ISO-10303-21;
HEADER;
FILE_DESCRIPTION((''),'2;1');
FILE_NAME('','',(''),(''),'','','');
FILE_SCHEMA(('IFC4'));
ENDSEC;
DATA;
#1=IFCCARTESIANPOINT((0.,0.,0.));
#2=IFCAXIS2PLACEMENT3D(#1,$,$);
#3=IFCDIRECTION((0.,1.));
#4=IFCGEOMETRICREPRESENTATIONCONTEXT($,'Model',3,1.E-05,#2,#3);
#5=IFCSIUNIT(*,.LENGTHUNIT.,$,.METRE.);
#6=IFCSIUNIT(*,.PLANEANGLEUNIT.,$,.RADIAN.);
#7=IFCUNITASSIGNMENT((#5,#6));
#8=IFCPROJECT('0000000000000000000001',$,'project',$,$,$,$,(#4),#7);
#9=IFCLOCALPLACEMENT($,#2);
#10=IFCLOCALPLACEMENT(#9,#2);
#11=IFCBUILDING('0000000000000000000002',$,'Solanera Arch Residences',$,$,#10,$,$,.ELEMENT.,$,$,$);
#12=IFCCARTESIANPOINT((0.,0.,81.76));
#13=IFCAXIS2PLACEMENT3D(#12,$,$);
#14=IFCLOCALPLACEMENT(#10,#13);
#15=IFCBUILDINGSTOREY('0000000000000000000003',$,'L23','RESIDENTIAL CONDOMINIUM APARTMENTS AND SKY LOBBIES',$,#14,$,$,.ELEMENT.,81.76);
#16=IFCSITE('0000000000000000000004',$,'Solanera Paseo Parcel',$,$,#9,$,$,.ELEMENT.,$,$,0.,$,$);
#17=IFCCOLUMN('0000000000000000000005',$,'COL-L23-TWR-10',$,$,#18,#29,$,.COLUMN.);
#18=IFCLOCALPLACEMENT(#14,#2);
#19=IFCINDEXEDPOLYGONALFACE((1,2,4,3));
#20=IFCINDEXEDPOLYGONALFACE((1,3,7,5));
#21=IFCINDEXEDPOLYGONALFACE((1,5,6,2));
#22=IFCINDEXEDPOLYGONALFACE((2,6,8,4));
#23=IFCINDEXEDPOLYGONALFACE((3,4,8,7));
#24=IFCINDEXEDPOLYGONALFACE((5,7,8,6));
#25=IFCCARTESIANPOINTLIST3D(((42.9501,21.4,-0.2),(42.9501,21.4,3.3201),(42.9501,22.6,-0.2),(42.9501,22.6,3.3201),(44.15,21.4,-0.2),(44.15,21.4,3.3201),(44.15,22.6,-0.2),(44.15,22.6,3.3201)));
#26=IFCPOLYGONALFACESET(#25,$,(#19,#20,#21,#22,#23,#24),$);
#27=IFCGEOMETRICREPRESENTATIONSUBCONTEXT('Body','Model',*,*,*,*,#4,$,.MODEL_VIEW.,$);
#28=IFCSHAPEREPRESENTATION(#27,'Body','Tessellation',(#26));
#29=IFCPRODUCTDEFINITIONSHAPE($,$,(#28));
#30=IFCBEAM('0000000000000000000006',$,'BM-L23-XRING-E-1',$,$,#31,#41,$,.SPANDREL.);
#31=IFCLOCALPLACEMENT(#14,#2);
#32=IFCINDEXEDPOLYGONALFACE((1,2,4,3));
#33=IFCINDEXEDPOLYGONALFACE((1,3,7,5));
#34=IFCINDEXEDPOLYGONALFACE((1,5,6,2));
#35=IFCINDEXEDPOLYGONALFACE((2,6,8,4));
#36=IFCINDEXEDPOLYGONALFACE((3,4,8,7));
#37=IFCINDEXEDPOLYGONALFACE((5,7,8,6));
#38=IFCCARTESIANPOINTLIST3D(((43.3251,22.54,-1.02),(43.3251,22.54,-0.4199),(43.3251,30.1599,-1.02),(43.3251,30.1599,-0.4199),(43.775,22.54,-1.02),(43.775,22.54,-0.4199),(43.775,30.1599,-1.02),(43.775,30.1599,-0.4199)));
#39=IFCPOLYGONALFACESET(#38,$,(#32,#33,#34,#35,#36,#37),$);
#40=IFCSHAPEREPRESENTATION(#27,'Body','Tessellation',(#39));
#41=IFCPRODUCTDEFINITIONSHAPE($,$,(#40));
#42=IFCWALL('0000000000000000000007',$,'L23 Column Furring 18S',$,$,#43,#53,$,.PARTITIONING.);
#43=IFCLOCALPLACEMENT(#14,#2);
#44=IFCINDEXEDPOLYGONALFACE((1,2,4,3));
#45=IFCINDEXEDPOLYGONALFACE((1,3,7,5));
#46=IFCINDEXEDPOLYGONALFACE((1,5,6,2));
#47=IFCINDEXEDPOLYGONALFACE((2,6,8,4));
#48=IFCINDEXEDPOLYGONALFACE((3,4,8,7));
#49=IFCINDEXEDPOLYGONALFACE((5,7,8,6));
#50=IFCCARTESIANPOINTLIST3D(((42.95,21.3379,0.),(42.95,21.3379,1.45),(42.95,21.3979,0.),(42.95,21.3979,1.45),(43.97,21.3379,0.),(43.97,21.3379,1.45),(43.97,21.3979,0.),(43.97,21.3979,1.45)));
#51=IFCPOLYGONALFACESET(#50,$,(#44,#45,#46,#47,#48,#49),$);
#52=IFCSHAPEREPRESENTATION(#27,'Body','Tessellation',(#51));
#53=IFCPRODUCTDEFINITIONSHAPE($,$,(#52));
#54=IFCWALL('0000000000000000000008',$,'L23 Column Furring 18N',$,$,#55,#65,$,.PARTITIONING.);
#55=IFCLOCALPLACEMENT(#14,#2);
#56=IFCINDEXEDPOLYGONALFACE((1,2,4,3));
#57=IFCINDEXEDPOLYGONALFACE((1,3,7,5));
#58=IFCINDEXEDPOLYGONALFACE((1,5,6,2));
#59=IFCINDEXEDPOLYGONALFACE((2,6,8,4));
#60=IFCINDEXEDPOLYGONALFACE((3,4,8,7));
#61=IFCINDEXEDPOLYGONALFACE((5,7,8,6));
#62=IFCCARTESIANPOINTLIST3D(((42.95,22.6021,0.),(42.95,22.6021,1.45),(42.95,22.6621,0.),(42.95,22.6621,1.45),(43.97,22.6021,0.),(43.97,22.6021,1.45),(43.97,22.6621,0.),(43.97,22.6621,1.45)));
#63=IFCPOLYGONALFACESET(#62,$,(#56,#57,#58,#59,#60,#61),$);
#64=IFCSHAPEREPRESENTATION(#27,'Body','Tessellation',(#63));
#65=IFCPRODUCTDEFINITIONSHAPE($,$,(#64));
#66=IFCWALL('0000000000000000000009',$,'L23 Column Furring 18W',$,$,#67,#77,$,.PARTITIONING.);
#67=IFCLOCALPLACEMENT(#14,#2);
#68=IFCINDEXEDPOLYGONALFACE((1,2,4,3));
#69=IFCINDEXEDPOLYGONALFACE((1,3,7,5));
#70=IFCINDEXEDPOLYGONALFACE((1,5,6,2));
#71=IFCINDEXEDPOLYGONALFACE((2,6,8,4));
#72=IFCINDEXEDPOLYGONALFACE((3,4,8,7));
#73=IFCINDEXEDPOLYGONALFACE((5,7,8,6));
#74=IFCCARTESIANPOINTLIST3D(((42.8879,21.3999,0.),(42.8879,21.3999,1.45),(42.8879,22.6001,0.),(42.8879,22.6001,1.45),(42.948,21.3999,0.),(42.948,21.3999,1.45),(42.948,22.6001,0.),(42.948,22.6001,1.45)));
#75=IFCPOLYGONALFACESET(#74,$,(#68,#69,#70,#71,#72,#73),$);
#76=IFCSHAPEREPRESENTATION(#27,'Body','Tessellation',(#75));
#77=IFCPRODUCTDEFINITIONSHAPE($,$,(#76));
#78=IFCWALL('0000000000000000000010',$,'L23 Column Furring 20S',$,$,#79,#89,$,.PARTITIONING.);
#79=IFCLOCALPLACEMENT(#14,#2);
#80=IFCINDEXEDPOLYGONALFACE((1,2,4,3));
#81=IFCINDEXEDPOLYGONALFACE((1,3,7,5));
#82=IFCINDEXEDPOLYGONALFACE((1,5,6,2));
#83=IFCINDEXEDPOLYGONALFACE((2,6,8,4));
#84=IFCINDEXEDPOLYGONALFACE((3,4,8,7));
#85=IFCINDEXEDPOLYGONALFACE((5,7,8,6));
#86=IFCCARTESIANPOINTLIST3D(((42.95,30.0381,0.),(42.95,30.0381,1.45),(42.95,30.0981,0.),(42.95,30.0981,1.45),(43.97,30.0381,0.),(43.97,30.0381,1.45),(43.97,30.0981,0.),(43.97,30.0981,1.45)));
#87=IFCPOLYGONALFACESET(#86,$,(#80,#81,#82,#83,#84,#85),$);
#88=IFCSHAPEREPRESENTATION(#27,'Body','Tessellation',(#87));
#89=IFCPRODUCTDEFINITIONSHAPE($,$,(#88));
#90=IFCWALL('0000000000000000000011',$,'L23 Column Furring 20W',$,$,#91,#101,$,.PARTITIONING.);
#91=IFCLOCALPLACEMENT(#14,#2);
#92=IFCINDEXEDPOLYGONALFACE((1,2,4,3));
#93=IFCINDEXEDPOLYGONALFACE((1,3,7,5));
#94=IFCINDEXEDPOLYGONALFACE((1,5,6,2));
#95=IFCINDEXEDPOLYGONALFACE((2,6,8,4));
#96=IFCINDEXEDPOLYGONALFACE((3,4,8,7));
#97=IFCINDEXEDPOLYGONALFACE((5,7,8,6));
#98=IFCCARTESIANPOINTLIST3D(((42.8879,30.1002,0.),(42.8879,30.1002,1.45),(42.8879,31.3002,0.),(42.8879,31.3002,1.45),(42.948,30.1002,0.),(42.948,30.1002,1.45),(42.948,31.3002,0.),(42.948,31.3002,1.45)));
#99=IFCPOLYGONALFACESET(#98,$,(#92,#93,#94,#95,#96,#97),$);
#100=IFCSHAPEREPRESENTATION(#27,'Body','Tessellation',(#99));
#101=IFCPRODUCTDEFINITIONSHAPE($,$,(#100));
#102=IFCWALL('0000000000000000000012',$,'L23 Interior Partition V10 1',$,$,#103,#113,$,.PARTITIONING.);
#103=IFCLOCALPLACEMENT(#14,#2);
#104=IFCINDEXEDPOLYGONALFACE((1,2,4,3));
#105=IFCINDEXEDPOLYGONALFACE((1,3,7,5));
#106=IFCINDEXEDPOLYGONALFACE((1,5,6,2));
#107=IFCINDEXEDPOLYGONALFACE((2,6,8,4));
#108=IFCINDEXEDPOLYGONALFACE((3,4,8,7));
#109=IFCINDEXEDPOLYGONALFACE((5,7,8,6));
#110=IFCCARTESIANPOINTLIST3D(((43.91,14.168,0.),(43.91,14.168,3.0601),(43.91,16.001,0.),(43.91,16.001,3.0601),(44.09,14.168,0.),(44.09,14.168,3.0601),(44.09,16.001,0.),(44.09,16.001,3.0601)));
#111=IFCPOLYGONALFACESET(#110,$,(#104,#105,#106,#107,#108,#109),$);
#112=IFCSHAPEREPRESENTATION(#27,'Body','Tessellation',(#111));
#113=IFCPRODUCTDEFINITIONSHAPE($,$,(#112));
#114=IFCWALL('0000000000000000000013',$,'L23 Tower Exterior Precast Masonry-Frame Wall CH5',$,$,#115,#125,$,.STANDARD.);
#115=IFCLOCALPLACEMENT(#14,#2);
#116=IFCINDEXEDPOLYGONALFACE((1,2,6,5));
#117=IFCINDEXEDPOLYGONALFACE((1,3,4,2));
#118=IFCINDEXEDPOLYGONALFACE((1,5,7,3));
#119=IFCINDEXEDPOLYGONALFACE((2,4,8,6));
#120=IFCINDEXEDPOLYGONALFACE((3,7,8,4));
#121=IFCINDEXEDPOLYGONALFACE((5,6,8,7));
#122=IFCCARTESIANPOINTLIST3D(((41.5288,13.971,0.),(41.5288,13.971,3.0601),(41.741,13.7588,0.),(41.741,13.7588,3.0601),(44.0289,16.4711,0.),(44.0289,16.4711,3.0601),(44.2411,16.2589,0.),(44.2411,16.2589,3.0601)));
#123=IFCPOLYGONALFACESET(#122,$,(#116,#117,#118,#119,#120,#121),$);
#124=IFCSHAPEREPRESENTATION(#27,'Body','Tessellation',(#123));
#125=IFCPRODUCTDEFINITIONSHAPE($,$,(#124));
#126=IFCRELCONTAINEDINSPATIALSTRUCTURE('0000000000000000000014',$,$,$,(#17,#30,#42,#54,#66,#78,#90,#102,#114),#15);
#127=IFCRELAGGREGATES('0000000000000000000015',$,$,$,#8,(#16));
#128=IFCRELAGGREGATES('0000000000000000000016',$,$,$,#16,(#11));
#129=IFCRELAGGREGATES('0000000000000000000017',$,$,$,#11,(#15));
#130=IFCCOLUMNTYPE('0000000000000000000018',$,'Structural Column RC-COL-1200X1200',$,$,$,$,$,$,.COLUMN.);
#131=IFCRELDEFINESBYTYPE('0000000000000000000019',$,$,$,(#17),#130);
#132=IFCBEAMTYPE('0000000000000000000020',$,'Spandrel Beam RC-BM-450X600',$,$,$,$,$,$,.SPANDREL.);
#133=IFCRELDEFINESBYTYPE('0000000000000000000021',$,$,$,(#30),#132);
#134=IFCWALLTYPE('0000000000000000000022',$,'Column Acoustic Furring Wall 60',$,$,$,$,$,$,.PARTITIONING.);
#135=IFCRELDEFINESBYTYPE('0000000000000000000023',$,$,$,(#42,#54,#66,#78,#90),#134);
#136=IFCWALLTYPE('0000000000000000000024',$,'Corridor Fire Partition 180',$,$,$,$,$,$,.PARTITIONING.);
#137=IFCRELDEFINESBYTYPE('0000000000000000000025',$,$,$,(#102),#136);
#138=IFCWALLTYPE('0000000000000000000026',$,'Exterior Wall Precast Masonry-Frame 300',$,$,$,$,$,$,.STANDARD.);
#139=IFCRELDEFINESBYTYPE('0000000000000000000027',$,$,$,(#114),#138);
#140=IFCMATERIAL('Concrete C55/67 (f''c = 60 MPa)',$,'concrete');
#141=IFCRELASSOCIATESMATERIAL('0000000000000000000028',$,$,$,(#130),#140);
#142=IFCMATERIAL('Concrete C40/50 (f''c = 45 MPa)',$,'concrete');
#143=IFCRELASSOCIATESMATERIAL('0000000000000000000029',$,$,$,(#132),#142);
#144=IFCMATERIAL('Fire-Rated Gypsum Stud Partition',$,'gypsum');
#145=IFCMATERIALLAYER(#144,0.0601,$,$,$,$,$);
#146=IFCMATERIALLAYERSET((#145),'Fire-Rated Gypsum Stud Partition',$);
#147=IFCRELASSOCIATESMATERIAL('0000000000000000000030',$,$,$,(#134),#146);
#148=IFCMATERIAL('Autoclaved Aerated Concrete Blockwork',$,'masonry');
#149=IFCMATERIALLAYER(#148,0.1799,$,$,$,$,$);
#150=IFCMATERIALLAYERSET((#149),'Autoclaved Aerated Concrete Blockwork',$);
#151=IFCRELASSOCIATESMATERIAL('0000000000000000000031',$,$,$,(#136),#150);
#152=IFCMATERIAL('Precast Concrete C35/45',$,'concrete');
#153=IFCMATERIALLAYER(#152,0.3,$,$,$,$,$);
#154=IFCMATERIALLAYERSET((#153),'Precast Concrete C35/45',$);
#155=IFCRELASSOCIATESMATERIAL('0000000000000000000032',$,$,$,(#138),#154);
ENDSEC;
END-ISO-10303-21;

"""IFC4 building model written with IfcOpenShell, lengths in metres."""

from ifc_helpers import new_model, si_unit, direction, frame, frame_2d, origin, origin_2d, place, context, subcontext, project, spatial, rectangle, extrude, material, layer, layer_set, material_profile, profile_set, type_object, element, save


model = new_model("IFC4")

# Units and contexts
model_context = context("Model", 3, precision=1e-05, world=origin(), true_north=direction((0.0, 1.0)))
body_context = subcontext(model_context, "Body", "Model", "MODEL_VIEW")
ifc_project = project(units=[si_unit("LENGTHUNIT", "METRE"), si_unit("PLANEANGLEUNIT", "RADIAN")], contexts=[model_context])

# Site, building, storey
site_placement = place(None, origin())
site = spatial("IfcSite", under=ifc_project, at=site_placement, Name="Solanera Paseo Parcel", CompositionType="ELEMENT", RefElevation=0.0)
building_placement = place(site_placement, origin())
building = spatial("IfcBuilding", under=site, at=building_placement, Name="Solanera Arch Residences", CompositionType="ELEMENT")
storey_placement = place(building_placement, frame((0.0, 0.0, 81.76)))
storey = spatial("IfcBuildingStorey", under=building, at=storey_placement, Name="L23", Description="RESIDENTIAL CONDOMINIUM APARTMENTS AND SKY LOBBIES", CompositionType="ELEMENT", Elevation=81.76)

# Column
ifc_material_1 = material(Name="Concrete C55/67 (f'c = 60 MPa)", Category="concrete")
ifc_material_profile_1 = material_profile(ifc_material_1, rectangle(XDim=1.2, YDim=1.2, at=origin_2d()))
ifc_profile_set_1 = profile_set([ifc_material_profile_1], Name="Concrete C55/67 (f'c = 60 MPa)")
column_type = type_object("IfcColumnType", Name="Structural Column RC-COL-1200X1200", PredefinedType="COLUMN", material=ifc_profile_set_1)
column_placement = place(storey_placement, frame((43.55, 22.0, -0.2), z_axis=(0.0, 0.0, 1.0), x_axis=(1.0, 0.0, 0.0)))
element("IfcColumn", 1, at=column_placement, inside=storey, type_object=column_type, Name="COL-L23-TWR-10", PredefinedType="COLUMN", context=body_context, shape_type="SweptSolid", body=[
    extrude(rectangle(XDim=1.2, YDim=1.2, at=origin_2d()), origin(), (0.0, 0.0, 1.0), 3.52),
])

# Beam
ifc_material_2 = material(Name="Concrete C40/50 (f'c = 45 MPa)", Category="concrete")
ifc_material_profile_2 = material_profile(ifc_material_2, rectangle(XDim=0.45, YDim=0.6001, at=origin_2d()))
ifc_profile_set_2 = profile_set([ifc_material_profile_2], Name="Concrete C40/50 (f'c = 45 MPa)")
beam_type = type_object("IfcBeamType", Name="Spandrel Beam RC-BM-450X600", PredefinedType="SPANDREL", material=ifc_profile_set_2)
beam_placement = place(storey_placement, frame((43.55, 22.54, -0.72), z_axis=(0.0, 1.0, 0.0), x_axis=(-1.0, 0.0, 0.0)))
element("IfcBeam", 2, at=beam_placement, inside=storey, type_object=beam_type, Name="BM-L23-XRING-E-1", PredefinedType="SPANDREL", context=body_context, shape_type="SweptSolid", body=[
    extrude(rectangle(XDim=0.45, YDim=0.6001, at=origin_2d()), origin(), (0.0, 0.0, 1.0), 7.6199),
])

# Walls
ifc_material_3 = material(Name="Fire-Rated Gypsum Stud Partition", Category="gypsum")
ifc_layer_1 = layer(ifc_material_3, 0.0601)
ifc_layer_set_1 = layer_set([ifc_layer_1], Name="Fire-Rated Gypsum Stud Partition")
wall_type_1 = type_object("IfcWallType", Name="Column Acoustic Furring Wall 60", PredefinedType="PARTITIONING", material=ifc_layer_set_1)
for number, where, z_axis, x_axis, name in (
    (3, (42.95, 21.3679, 0.0), (0.0, 0.0, 1.0), (1.0, 0.0, 0.0), "L23 Column Furring 18S"),
    (4, (42.95, 22.6321, 0.0), (0.0, 0.0, 1.0), (1.0, 0.0, 0.0), "L23 Column Furring 18N"),
):
    element("IfcWall", number, at=place(storey_placement, frame(where, z_axis=z_axis, x_axis=x_axis)), inside=storey, type_object=wall_type_1, Name=name, PredefinedType="PARTITIONING", context=body_context, shape_type="SweptSolid", body=[
        extrude(rectangle(XDim=1.02, YDim=0.0601, at=frame_2d((0.51, 0.0))), origin(), (0.0, 0.0, 1.0), 1.45),
    ])
wall_1_placement = place(storey_placement, frame((42.918, 21.3999, 0.0), z_axis=(0.0, 0.0, 1.0), x_axis=(0.0, 1.0, 0.0)))
element("IfcWall", 5, at=wall_1_placement, inside=storey, type_object=wall_type_1, Name="L23 Column Furring 18W", PredefinedType="PARTITIONING", context=body_context, shape_type="SweptSolid", body=[
    extrude(rectangle(XDim=1.2002, YDim=0.0601, at=frame_2d((0.6001, 0.0))), origin(), (0.0, 0.0, 1.0), 1.45),
])
wall_2_placement = place(storey_placement, frame((42.95, 30.0681, 0.0), z_axis=(0.0, 0.0, 1.0), x_axis=(1.0, 0.0, 0.0)))
element("IfcWall", 6, at=wall_2_placement, inside=storey, type_object=wall_type_1, Name="L23 Column Furring 20S", PredefinedType="PARTITIONING", context=body_context, shape_type="SweptSolid", body=[
    extrude(rectangle(XDim=1.02, YDim=0.0601, at=frame_2d((0.51, 0.0))), origin(), (0.0, 0.0, 1.0), 1.45),
])
wall_3_placement = place(storey_placement, frame((42.918, 30.1001, 0.0), z_axis=(0.0, 0.0, 1.0), x_axis=(0.0, 1.0, 0.0)))
element("IfcWall", 7, at=wall_3_placement, inside=storey, type_object=wall_type_1, Name="L23 Column Furring 20W", PredefinedType="PARTITIONING", context=body_context, shape_type="SweptSolid", body=[
    extrude(rectangle(XDim=1.2, YDim=0.0601, at=frame_2d((0.6001, 0.0))), origin(), (0.0, 0.0, 1.0), 1.45),
])
ifc_material_4 = material(Name="Autoclaved Aerated Concrete Blockwork", Category="masonry")
ifc_layer_2 = layer(ifc_material_4, 0.1799)
ifc_layer_set_2 = layer_set([ifc_layer_2], Name="Autoclaved Aerated Concrete Blockwork")
wall_type_2 = type_object("IfcWallType", Name="Corridor Fire Partition 180", PredefinedType="PARTITIONING", material=ifc_layer_set_2)
wall_4_placement = place(storey_placement, frame((44.0, 14.168, 0.0), z_axis=(0.0, 0.0, 1.0), x_axis=(0.0, 1.0, 0.0)))
element("IfcWall", 8, at=wall_4_placement, inside=storey, type_object=wall_type_2, Name="L23 Interior Partition V10 1", PredefinedType="PARTITIONING", context=body_context, shape_type="SweptSolid", body=[
    extrude(rectangle(XDim=1.833, YDim=0.1799, at=frame_2d((0.9165, 0.0))), origin(), (0.0, 0.0, 1.0), 3.0601),
])
ifc_material_5 = material(Name="Precast Concrete C35/45", Category="concrete")
ifc_layer_3 = layer(ifc_material_5, 0.3)
ifc_layer_set_3 = layer_set([ifc_layer_3], Name="Precast Concrete C35/45")
wall_type_3 = type_object("IfcWallType", Name="Exterior Wall Precast Masonry-Frame 300", PredefinedType="STANDARD", material=ifc_layer_set_3)
wall_5_placement = place(storey_placement, frame((44.135, 16.365, 0.0), z_axis=(0.0, 0.0, 1.0), x_axis=(-0.707107, -0.707107, 0.0)))
element("IfcWall", 9, at=wall_5_placement, inside=storey, type_object=wall_type_3, Name="L23 Tower Exterior Precast Masonry-Frame Wall CH5", PredefinedType="STANDARD", context=body_context, shape_type="SweptSolid", body=[
    extrude(rectangle(XDim=3.5356, YDim=0.3, at=frame_2d((1.7678, 0.0))), origin(), (0.0, 0.0, 1.0), 3.0601),
])

save(model, "model.ifc")
